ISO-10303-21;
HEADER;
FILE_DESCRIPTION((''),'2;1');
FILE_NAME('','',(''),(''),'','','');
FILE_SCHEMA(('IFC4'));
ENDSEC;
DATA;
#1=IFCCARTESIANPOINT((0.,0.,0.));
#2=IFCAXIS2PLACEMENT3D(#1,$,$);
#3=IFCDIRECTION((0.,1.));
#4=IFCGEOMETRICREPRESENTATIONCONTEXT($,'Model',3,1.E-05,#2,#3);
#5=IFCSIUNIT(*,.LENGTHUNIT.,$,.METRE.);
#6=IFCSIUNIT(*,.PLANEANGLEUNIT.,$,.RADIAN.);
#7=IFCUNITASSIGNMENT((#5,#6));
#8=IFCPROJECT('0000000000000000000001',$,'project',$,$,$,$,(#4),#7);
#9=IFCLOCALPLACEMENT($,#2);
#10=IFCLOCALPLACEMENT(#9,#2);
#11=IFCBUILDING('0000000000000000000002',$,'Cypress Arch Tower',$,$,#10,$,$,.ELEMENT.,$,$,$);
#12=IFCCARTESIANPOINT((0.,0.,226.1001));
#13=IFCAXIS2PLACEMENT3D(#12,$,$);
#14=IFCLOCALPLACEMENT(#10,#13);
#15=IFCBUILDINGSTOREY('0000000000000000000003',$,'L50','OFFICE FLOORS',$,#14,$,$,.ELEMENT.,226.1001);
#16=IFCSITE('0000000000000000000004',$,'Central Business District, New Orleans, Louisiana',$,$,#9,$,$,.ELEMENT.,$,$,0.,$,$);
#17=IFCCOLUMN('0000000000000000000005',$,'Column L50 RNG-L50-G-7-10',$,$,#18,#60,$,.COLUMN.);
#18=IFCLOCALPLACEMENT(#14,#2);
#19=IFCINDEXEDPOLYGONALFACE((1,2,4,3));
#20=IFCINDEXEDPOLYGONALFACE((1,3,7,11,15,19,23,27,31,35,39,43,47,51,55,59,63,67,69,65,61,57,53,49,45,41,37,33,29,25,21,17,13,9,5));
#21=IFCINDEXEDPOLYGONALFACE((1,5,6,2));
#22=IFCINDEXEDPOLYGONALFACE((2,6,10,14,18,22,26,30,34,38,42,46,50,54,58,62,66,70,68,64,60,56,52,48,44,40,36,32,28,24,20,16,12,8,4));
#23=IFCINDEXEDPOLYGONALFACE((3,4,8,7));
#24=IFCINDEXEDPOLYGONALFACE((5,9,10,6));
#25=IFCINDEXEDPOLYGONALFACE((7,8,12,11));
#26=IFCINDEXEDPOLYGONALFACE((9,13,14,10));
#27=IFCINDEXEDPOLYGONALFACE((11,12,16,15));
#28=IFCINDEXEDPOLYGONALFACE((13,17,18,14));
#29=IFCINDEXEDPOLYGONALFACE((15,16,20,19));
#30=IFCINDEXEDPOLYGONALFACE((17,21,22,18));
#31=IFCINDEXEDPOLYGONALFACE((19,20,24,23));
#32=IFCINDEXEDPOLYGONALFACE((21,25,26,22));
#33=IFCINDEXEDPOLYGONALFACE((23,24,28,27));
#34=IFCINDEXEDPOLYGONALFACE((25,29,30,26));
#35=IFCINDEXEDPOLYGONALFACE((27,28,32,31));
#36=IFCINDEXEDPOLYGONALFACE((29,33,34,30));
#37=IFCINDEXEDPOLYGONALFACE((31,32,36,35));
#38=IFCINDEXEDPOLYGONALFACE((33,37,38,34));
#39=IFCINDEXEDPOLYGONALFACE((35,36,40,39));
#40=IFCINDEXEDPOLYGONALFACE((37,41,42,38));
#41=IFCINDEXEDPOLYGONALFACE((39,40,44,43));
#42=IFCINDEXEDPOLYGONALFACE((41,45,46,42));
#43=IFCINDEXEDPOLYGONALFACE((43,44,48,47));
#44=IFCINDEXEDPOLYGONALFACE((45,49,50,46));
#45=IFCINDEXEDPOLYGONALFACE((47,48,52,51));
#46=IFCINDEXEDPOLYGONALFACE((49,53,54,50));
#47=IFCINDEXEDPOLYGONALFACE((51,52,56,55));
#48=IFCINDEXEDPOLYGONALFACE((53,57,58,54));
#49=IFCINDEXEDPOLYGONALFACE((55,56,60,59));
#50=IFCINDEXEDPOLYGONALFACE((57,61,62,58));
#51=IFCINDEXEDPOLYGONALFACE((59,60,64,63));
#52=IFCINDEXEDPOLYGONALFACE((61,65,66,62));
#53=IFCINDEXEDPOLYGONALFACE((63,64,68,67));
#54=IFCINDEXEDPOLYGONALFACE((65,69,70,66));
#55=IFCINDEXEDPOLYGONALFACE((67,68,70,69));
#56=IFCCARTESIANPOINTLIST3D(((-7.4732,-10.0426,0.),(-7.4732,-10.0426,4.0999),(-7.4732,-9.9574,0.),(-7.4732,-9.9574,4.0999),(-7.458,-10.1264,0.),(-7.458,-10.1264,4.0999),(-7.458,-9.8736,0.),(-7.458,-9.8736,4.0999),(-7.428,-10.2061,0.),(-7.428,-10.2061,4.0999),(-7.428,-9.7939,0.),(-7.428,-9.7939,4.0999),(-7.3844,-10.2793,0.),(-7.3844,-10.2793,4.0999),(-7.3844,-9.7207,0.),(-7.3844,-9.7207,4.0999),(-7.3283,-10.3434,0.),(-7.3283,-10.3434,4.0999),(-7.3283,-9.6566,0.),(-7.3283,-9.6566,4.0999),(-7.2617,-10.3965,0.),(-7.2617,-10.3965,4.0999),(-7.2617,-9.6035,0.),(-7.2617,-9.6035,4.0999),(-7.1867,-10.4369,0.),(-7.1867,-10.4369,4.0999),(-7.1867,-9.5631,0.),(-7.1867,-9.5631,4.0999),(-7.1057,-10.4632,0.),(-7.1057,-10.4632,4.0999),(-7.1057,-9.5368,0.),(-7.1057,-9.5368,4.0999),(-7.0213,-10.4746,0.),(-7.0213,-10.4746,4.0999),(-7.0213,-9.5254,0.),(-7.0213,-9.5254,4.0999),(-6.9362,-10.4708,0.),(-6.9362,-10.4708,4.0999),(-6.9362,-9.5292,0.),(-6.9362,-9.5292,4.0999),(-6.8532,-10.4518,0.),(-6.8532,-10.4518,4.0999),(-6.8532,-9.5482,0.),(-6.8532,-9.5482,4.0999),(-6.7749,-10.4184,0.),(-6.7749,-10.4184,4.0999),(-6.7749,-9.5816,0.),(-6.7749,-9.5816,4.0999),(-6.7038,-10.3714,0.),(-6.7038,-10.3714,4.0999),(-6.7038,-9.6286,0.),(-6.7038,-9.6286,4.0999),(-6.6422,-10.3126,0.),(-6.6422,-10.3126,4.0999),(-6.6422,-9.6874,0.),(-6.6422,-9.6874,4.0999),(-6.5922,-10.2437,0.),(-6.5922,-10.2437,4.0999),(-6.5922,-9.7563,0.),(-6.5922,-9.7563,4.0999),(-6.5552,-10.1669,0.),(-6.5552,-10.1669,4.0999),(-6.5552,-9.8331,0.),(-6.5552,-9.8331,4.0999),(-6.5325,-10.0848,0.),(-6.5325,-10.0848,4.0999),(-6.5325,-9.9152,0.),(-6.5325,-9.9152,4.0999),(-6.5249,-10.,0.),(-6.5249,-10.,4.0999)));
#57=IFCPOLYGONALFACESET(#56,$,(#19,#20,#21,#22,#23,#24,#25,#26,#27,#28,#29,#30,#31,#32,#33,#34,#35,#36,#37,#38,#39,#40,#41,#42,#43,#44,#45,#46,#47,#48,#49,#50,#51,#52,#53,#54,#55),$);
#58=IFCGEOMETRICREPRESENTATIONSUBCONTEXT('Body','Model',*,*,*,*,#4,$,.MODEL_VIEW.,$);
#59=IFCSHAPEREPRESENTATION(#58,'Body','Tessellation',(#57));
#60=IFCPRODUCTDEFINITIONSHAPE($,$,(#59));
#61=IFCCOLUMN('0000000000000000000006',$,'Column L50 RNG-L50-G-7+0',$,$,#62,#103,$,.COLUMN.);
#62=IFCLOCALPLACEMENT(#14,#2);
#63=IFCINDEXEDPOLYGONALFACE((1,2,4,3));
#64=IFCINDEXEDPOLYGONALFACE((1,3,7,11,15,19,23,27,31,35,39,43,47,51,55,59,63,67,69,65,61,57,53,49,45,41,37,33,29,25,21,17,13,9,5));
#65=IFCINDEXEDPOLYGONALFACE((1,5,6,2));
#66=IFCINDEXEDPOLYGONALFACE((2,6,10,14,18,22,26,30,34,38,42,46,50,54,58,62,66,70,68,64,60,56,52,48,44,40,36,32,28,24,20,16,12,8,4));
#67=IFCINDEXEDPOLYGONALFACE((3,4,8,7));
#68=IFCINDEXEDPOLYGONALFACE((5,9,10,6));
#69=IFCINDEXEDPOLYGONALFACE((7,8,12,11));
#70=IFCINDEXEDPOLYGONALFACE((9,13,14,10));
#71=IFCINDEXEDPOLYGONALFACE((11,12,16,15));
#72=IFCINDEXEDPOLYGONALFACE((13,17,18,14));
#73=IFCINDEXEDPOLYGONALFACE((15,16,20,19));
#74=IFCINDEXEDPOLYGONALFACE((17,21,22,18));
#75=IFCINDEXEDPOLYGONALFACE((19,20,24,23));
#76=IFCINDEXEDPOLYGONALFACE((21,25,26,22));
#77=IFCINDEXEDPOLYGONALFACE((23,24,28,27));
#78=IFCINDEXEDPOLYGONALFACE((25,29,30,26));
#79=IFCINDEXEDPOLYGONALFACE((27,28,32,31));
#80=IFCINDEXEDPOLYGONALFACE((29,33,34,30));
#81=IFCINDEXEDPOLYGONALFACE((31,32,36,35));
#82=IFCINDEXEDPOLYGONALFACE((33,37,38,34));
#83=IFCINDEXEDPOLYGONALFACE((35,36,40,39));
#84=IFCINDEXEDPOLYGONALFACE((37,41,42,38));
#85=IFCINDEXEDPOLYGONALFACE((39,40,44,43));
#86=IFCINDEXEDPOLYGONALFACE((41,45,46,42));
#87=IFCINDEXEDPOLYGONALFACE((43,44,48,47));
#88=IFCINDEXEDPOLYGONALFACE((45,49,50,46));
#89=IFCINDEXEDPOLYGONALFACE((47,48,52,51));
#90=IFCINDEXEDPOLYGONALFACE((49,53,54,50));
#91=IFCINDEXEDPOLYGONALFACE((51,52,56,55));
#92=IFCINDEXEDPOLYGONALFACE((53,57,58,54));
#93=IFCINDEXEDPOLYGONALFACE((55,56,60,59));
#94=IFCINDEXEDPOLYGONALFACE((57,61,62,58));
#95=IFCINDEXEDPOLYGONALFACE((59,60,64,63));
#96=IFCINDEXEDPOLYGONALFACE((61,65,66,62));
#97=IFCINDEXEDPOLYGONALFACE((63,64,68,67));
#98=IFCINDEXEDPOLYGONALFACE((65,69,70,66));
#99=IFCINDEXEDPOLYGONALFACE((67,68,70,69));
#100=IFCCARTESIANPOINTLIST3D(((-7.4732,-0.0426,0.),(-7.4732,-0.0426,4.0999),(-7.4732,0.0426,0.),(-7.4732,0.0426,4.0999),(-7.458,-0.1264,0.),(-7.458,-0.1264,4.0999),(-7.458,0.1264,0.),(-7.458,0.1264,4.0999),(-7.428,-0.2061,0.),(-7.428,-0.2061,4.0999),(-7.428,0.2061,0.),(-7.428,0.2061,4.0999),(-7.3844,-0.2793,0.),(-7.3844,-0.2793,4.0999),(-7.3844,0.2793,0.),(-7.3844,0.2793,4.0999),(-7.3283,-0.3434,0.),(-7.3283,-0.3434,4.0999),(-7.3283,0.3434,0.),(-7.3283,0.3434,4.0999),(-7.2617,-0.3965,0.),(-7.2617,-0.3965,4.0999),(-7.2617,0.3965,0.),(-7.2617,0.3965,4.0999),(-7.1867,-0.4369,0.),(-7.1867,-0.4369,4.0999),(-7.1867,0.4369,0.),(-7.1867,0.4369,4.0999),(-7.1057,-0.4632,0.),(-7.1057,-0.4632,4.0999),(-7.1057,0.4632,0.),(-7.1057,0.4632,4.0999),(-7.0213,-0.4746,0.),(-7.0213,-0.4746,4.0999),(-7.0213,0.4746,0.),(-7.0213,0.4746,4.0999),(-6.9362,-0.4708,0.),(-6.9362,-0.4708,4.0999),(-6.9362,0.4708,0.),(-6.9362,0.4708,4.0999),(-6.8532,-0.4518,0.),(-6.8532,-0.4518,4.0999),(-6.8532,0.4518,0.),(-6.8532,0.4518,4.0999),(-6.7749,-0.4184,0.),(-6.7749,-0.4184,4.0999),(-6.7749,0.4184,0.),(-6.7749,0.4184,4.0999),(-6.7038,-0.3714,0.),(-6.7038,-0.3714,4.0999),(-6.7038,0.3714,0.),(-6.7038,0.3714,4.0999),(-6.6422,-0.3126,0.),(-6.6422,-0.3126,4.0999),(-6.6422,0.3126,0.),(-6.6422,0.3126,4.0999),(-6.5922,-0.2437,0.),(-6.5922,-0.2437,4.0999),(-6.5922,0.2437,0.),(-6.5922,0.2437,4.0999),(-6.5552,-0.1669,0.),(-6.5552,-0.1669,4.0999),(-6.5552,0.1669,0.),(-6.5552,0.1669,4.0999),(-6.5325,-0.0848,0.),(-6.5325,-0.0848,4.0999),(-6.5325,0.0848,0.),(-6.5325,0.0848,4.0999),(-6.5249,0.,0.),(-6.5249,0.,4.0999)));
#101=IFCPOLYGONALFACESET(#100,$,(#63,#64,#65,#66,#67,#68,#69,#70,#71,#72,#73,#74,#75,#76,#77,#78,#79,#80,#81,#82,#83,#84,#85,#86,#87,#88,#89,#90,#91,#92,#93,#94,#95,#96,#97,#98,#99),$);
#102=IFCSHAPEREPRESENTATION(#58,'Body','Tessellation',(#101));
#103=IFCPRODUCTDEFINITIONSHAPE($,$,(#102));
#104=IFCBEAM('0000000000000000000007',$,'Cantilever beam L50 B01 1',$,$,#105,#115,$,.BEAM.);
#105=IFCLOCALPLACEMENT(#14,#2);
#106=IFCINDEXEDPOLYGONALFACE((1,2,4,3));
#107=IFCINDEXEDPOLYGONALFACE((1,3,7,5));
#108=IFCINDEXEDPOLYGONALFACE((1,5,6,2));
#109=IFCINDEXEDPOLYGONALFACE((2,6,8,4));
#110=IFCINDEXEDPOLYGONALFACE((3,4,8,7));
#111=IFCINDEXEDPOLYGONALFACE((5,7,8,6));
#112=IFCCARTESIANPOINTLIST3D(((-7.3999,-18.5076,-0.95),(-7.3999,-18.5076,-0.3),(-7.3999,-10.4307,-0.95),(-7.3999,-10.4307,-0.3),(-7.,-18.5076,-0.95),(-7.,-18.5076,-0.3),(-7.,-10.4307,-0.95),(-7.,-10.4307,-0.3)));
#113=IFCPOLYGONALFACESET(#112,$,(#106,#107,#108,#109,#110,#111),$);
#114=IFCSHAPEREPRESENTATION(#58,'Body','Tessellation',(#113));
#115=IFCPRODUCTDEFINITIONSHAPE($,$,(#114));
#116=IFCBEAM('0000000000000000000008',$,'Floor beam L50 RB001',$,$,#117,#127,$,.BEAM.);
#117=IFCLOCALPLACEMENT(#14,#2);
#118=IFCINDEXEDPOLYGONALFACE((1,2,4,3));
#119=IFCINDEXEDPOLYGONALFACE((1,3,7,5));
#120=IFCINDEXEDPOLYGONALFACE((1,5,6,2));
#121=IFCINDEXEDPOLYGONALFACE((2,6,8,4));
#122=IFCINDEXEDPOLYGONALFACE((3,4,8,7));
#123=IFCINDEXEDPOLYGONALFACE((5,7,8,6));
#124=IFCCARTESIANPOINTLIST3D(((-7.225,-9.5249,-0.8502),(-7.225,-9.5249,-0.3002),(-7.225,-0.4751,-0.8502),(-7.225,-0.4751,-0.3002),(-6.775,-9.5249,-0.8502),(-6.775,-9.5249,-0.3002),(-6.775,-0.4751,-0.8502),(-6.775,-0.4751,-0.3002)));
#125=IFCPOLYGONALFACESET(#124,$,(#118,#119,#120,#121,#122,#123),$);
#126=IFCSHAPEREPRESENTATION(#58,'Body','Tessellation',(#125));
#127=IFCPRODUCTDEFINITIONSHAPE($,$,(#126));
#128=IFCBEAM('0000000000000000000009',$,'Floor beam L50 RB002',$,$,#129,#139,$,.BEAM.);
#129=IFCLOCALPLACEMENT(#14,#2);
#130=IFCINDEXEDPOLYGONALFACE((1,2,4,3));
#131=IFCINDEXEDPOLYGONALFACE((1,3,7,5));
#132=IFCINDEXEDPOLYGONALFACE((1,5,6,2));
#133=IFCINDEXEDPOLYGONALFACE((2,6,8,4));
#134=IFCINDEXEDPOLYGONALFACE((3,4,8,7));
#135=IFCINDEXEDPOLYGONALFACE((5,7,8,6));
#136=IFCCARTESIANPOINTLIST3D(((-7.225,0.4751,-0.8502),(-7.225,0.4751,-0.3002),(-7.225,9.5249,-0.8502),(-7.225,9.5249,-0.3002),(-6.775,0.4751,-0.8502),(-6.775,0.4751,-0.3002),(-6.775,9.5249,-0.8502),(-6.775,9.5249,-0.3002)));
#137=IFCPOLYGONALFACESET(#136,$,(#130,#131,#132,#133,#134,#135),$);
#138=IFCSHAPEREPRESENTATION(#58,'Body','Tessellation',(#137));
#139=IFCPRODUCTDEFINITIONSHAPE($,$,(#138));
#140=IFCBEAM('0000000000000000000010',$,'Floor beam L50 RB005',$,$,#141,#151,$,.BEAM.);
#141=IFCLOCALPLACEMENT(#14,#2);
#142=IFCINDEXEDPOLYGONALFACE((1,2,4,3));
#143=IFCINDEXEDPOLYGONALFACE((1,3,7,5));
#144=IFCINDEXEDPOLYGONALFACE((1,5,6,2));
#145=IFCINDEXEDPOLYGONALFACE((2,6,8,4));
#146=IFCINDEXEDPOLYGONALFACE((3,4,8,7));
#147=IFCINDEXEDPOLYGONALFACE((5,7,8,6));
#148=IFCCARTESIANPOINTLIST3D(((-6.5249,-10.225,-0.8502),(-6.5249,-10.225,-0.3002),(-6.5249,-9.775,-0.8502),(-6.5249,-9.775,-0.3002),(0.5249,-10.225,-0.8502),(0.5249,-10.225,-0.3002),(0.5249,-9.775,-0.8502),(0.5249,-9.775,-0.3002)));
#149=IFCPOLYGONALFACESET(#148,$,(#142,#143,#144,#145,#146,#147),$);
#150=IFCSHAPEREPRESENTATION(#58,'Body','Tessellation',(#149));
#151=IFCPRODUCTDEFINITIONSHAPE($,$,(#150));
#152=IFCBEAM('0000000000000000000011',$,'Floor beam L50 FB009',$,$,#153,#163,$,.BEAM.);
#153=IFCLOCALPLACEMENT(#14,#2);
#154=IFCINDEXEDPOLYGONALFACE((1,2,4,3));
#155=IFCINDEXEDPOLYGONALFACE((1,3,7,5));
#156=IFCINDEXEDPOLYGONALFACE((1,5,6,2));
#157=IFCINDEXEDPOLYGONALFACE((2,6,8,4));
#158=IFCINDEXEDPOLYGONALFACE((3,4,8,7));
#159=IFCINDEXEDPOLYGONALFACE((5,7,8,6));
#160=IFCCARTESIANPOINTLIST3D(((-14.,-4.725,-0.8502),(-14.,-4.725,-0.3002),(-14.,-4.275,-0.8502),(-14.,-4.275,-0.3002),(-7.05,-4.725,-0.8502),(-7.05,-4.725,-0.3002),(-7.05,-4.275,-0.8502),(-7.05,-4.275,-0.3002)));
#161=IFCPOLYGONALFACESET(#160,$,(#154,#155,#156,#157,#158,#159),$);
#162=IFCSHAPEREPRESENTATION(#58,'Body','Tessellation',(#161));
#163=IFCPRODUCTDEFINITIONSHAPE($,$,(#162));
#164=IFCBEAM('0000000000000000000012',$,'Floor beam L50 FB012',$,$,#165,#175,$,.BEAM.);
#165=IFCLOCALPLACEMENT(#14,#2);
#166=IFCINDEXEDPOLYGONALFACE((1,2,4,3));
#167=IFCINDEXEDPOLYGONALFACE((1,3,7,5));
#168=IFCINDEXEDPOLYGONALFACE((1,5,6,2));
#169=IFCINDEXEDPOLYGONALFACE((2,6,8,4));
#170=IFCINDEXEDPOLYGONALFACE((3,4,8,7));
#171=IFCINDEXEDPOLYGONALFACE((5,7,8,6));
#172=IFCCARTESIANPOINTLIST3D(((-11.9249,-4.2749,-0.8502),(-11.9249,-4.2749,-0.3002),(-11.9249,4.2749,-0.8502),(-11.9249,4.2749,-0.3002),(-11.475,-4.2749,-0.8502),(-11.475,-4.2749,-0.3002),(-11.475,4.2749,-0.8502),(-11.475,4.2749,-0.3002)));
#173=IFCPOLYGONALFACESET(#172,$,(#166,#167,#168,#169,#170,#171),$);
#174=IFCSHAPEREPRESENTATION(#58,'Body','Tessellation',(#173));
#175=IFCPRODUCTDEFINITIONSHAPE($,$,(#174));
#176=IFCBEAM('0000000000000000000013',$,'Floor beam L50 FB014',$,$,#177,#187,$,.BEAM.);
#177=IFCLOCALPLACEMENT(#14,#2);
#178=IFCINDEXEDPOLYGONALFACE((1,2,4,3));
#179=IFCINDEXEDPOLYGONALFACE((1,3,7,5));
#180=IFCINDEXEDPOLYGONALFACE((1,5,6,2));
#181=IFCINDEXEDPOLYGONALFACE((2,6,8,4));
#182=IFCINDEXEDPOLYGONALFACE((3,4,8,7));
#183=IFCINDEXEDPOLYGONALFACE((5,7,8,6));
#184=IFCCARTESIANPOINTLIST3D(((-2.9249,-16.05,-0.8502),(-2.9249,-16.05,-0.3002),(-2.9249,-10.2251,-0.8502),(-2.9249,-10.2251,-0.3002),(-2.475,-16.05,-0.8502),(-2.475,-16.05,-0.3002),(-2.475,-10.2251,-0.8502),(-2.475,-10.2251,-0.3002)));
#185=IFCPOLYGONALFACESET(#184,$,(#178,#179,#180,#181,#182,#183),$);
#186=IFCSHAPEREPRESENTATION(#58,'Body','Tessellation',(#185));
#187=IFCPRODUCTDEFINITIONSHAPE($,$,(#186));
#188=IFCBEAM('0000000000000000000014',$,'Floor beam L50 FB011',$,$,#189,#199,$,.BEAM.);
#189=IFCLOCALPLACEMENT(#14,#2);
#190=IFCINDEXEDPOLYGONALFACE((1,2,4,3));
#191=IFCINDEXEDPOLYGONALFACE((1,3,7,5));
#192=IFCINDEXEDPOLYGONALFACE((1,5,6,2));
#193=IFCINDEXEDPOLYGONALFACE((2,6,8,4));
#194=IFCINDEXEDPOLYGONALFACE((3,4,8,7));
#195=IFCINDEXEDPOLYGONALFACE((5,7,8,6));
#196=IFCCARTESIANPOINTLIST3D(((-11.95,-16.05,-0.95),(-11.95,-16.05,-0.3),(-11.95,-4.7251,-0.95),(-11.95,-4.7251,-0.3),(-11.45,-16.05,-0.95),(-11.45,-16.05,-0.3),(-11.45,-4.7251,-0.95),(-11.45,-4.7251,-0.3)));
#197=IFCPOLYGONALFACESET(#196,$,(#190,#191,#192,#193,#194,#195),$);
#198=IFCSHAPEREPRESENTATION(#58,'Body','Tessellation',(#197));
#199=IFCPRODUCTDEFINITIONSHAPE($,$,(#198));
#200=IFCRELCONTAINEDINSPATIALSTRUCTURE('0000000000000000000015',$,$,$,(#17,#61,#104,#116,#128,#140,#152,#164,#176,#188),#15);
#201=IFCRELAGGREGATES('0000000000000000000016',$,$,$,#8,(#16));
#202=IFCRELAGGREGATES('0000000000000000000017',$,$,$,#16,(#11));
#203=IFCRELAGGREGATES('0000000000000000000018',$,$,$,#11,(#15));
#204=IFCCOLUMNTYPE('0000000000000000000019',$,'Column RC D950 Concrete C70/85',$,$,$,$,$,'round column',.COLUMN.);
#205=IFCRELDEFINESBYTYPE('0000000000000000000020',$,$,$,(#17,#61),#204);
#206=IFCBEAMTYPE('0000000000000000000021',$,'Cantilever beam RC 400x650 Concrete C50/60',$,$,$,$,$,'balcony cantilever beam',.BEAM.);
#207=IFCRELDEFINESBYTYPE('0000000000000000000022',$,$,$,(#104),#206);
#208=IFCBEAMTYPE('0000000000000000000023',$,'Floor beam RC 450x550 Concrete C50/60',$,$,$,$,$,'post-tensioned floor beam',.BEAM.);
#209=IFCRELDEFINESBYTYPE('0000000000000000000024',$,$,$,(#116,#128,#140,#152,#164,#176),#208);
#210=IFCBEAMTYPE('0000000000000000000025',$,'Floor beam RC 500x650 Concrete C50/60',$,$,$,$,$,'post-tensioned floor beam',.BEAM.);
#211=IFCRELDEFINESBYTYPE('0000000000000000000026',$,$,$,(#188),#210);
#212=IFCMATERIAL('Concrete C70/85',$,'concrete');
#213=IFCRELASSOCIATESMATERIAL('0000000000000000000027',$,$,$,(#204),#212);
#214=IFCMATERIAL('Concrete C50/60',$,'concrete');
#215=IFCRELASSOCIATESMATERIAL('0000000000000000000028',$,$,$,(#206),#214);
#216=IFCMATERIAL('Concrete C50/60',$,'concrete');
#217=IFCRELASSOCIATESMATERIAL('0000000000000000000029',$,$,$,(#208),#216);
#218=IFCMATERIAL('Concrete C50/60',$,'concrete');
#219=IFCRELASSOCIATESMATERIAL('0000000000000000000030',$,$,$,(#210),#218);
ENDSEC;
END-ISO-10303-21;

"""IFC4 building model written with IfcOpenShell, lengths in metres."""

from ifc_helpers import new_model, si_unit, direction, frame, origin, origin_2d, place, context, subcontext, project, spatial, rectangle, circle, extrude, material, material_profile, profile_set, type_object, element, save


model = new_model("IFC4")

# Units and contexts
model_context = context("Model", 3, precision=1e-05, world=origin(), true_north=direction((0.0, 1.0)))
body_context = subcontext(model_context, "Body", "Model", "MODEL_VIEW")
ifc_project = project(units=[si_unit("LENGTHUNIT", "METRE"), si_unit("PLANEANGLEUNIT", "RADIAN")], contexts=[model_context])

# Site, building, storey
site_placement = place(None, origin())
site = spatial("IfcSite", under=ifc_project, at=site_placement, Name="Central Business District, New Orleans, Louisiana", CompositionType="ELEMENT", RefElevation=0.0)
building_placement = place(site_placement, origin())
building = spatial("IfcBuilding", under=site, at=building_placement, Name="Cypress Arch Tower", CompositionType="ELEMENT")
storey_placement = place(building_placement, frame((0.0, 0.0, 226.1001)))
storey = spatial("IfcBuildingStorey", under=building, at=storey_placement, Name="L50", Description="OFFICE FLOORS", CompositionType="ELEMENT", Elevation=226.1001)

# Columns
ifc_material_1 = material(Name="Concrete C70/85", Category="concrete")
ifc_material_profile_1 = material_profile(ifc_material_1, circle(Radius=0.4751, at=origin_2d()), Name="RC D950")
ifc_profile_set_1 = profile_set([ifc_material_profile_1], Name="Concrete C70/85")
column_type = type_object("IfcColumnType", Name="Column RC D950 Concrete C70/85", ElementType="round column", PredefinedType="COLUMN", material=ifc_profile_set_1)
for number, where, z_axis, x_axis, name in (
    (1, (-7.0, -10.0, 0.0), (0.0, 0.0, 1.0), (1.0, 0.0, 0.0), "Column L50 RNG-L50-G-7-10"),
    (2, (-7.0, 0.0, 0.0), (0.0, 0.0, 1.0), (1.0, 0.0, 0.0), "Column L50 RNG-L50-G-7+0"),
):
    element("IfcColumn", number, at=place(storey_placement, frame(where, z_axis=z_axis, x_axis=x_axis)), inside=storey, type_object=column_type, Name=name, PredefinedType="COLUMN", context=body_context, shape_type="SweptSolid", body=[
        extrude(circle(Radius=0.4751, at=origin_2d()), origin(), (0.0, 0.0, 1.0), 4.0999),
    ])

# Beams
ifc_material_2 = material(Name="Concrete C50/60", Category="concrete")
ifc_material_profile_2 = material_profile(ifc_material_2, rectangle(XDim=0.3999, YDim=0.6499, at=origin_2d()), Name="RC 400x650")
ifc_profile_set_2 = profile_set([ifc_material_profile_2], Name="Concrete C50/60")
beam_type_1 = type_object("IfcBeamType", Name="Cantilever beam RC 400x650 Concrete C50/60", ElementType="balcony cantilever beam", PredefinedType="BEAM", material=ifc_profile_set_2)
beam_1_placement = place(storey_placement, frame((-7.2, -10.4307, -0.625), z_axis=(0.0, -1.0, 0.0), x_axis=(1.0, 0.0, 0.0)))
element("IfcBeam", 3, at=beam_1_placement, inside=storey, type_object=beam_type_1, Name="Cantilever beam L50 B01 1", PredefinedType="BEAM", context=body_context, shape_type="SweptSolid", body=[
    extrude(rectangle(XDim=0.3999, YDim=0.6499, at=origin_2d()), origin(), (0.0, 0.0, 1.0), 8.0769),
])
ifc_material_3 = material(Name="Concrete C50/60", Category="concrete")
ifc_material_profile_3 = material_profile(ifc_material_3, rectangle(XDim=0.45, YDim=0.55, at=origin_2d()), Name="RC 450x550")
ifc_profile_set_3 = profile_set([ifc_material_profile_3], Name="Concrete C50/60")
beam_type_2 = type_object("IfcBeamType", Name="Floor beam RC 450x550 Concrete C50/60", ElementType="post-tensioned floor beam", PredefinedType="BEAM", material=ifc_profile_set_3)
for number, where, z_axis, x_axis, name in (
    (4, (-7.0, -9.5249, -0.5752), (0.0, 1.0, 0.0), (-1.0, 0.0, 0.0), "Floor beam L50 RB001"),
    (5, (-7.0, 0.4751, -0.5752), (0.0, 1.0, 0.0), (-1.0, 0.0, 0.0), "Floor beam L50 RB002"),
):
    element("IfcBeam", number, at=place(storey_placement, frame(where, z_axis=z_axis, x_axis=x_axis)), inside=storey, type_object=beam_type_2, Name=name, PredefinedType="BEAM", context=body_context, shape_type="SweptSolid", body=[
        extrude(rectangle(XDim=0.45, YDim=0.55, at=origin_2d()), origin(), (0.0, 0.0, 1.0), 9.0498),
    ])
beam_2_placement = place(storey_placement, frame((-6.5249, -10.0, -0.5752), z_axis=(1.0, 0.0, 0.0), x_axis=(0.0, 1.0, 0.0)))
element("IfcBeam", 6, at=beam_2_placement, inside=storey, type_object=beam_type_2, Name="Floor beam L50 RB005", PredefinedType="BEAM", context=body_context, shape_type="SweptSolid", body=[
    extrude(rectangle(XDim=0.45, YDim=0.55, at=origin_2d()), origin(), (0.0, 0.0, 1.0), 7.0498),
])
beam_3_placement = place(storey_placement, frame((-14.0, -4.5, -0.5752), z_axis=(1.0, 0.0, 0.0), x_axis=(0.0, 1.0, 0.0)))
element("IfcBeam", 7, at=beam_3_placement, inside=storey, type_object=beam_type_2, Name="Floor beam L50 FB009", PredefinedType="BEAM", context=body_context, shape_type="SweptSolid", body=[
    extrude(rectangle(XDim=0.45, YDim=0.55, at=origin_2d()), origin(), (0.0, 0.0, 1.0), 6.95),
])
beam_4_placement = place(storey_placement, frame((-11.7, -4.2749, -0.5752), z_axis=(0.0, 1.0, 0.0), x_axis=(-1.0, 0.0, 0.0)))
element("IfcBeam", 8, at=beam_4_placement, inside=storey, type_object=beam_type_2, Name="Floor beam L50 FB012", PredefinedType="BEAM", context=body_context, shape_type="SweptSolid", body=[
    extrude(rectangle(XDim=0.45, YDim=0.55, at=origin_2d()), origin(), (0.0, 0.0, 1.0), 8.5498),
])
beam_5_placement = place(storey_placement, frame((-2.7, -16.05, -0.5752), z_axis=(0.0, 1.0, 0.0), x_axis=(-1.0, 0.0, 0.0)))
element("IfcBeam", 9, at=beam_5_placement, inside=storey, type_object=beam_type_2, Name="Floor beam L50 FB014", PredefinedType="BEAM", context=body_context, shape_type="SweptSolid", body=[
    extrude(rectangle(XDim=0.45, YDim=0.55, at=origin_2d()), origin(), (0.0, 0.0, 1.0), 5.825),
])
ifc_material_4 = material(Name="Concrete C50/60", Category="concrete")
ifc_material_profile_4 = material_profile(ifc_material_4, rectangle(XDim=0.5, YDim=0.6499, at=origin_2d()), Name="RC 500x650")
ifc_profile_set_4 = profile_set([ifc_material_profile_4], Name="Concrete C50/60")
beam_type_3 = type_object("IfcBeamType", Name="Floor beam RC 500x650 Concrete C50/60", ElementType="post-tensioned floor beam", PredefinedType="BEAM", material=ifc_profile_set_4)
beam_6_placement = place(storey_placement, frame((-11.7, -16.05, -0.625), z_axis=(0.0, 1.0, 0.0), x_axis=(-1.0, 0.0, 0.0)))
element("IfcBeam", 10, at=beam_6_placement, inside=storey, type_object=beam_type_3, Name="Floor beam L50 FB011", PredefinedType="BEAM", context=body_context, shape_type="SweptSolid", body=[
    extrude(rectangle(XDim=0.5, YDim=0.6499, at=origin_2d()), origin(), (0.0, 0.0, 1.0), 11.325),
])

save(model, "model.ifc")
